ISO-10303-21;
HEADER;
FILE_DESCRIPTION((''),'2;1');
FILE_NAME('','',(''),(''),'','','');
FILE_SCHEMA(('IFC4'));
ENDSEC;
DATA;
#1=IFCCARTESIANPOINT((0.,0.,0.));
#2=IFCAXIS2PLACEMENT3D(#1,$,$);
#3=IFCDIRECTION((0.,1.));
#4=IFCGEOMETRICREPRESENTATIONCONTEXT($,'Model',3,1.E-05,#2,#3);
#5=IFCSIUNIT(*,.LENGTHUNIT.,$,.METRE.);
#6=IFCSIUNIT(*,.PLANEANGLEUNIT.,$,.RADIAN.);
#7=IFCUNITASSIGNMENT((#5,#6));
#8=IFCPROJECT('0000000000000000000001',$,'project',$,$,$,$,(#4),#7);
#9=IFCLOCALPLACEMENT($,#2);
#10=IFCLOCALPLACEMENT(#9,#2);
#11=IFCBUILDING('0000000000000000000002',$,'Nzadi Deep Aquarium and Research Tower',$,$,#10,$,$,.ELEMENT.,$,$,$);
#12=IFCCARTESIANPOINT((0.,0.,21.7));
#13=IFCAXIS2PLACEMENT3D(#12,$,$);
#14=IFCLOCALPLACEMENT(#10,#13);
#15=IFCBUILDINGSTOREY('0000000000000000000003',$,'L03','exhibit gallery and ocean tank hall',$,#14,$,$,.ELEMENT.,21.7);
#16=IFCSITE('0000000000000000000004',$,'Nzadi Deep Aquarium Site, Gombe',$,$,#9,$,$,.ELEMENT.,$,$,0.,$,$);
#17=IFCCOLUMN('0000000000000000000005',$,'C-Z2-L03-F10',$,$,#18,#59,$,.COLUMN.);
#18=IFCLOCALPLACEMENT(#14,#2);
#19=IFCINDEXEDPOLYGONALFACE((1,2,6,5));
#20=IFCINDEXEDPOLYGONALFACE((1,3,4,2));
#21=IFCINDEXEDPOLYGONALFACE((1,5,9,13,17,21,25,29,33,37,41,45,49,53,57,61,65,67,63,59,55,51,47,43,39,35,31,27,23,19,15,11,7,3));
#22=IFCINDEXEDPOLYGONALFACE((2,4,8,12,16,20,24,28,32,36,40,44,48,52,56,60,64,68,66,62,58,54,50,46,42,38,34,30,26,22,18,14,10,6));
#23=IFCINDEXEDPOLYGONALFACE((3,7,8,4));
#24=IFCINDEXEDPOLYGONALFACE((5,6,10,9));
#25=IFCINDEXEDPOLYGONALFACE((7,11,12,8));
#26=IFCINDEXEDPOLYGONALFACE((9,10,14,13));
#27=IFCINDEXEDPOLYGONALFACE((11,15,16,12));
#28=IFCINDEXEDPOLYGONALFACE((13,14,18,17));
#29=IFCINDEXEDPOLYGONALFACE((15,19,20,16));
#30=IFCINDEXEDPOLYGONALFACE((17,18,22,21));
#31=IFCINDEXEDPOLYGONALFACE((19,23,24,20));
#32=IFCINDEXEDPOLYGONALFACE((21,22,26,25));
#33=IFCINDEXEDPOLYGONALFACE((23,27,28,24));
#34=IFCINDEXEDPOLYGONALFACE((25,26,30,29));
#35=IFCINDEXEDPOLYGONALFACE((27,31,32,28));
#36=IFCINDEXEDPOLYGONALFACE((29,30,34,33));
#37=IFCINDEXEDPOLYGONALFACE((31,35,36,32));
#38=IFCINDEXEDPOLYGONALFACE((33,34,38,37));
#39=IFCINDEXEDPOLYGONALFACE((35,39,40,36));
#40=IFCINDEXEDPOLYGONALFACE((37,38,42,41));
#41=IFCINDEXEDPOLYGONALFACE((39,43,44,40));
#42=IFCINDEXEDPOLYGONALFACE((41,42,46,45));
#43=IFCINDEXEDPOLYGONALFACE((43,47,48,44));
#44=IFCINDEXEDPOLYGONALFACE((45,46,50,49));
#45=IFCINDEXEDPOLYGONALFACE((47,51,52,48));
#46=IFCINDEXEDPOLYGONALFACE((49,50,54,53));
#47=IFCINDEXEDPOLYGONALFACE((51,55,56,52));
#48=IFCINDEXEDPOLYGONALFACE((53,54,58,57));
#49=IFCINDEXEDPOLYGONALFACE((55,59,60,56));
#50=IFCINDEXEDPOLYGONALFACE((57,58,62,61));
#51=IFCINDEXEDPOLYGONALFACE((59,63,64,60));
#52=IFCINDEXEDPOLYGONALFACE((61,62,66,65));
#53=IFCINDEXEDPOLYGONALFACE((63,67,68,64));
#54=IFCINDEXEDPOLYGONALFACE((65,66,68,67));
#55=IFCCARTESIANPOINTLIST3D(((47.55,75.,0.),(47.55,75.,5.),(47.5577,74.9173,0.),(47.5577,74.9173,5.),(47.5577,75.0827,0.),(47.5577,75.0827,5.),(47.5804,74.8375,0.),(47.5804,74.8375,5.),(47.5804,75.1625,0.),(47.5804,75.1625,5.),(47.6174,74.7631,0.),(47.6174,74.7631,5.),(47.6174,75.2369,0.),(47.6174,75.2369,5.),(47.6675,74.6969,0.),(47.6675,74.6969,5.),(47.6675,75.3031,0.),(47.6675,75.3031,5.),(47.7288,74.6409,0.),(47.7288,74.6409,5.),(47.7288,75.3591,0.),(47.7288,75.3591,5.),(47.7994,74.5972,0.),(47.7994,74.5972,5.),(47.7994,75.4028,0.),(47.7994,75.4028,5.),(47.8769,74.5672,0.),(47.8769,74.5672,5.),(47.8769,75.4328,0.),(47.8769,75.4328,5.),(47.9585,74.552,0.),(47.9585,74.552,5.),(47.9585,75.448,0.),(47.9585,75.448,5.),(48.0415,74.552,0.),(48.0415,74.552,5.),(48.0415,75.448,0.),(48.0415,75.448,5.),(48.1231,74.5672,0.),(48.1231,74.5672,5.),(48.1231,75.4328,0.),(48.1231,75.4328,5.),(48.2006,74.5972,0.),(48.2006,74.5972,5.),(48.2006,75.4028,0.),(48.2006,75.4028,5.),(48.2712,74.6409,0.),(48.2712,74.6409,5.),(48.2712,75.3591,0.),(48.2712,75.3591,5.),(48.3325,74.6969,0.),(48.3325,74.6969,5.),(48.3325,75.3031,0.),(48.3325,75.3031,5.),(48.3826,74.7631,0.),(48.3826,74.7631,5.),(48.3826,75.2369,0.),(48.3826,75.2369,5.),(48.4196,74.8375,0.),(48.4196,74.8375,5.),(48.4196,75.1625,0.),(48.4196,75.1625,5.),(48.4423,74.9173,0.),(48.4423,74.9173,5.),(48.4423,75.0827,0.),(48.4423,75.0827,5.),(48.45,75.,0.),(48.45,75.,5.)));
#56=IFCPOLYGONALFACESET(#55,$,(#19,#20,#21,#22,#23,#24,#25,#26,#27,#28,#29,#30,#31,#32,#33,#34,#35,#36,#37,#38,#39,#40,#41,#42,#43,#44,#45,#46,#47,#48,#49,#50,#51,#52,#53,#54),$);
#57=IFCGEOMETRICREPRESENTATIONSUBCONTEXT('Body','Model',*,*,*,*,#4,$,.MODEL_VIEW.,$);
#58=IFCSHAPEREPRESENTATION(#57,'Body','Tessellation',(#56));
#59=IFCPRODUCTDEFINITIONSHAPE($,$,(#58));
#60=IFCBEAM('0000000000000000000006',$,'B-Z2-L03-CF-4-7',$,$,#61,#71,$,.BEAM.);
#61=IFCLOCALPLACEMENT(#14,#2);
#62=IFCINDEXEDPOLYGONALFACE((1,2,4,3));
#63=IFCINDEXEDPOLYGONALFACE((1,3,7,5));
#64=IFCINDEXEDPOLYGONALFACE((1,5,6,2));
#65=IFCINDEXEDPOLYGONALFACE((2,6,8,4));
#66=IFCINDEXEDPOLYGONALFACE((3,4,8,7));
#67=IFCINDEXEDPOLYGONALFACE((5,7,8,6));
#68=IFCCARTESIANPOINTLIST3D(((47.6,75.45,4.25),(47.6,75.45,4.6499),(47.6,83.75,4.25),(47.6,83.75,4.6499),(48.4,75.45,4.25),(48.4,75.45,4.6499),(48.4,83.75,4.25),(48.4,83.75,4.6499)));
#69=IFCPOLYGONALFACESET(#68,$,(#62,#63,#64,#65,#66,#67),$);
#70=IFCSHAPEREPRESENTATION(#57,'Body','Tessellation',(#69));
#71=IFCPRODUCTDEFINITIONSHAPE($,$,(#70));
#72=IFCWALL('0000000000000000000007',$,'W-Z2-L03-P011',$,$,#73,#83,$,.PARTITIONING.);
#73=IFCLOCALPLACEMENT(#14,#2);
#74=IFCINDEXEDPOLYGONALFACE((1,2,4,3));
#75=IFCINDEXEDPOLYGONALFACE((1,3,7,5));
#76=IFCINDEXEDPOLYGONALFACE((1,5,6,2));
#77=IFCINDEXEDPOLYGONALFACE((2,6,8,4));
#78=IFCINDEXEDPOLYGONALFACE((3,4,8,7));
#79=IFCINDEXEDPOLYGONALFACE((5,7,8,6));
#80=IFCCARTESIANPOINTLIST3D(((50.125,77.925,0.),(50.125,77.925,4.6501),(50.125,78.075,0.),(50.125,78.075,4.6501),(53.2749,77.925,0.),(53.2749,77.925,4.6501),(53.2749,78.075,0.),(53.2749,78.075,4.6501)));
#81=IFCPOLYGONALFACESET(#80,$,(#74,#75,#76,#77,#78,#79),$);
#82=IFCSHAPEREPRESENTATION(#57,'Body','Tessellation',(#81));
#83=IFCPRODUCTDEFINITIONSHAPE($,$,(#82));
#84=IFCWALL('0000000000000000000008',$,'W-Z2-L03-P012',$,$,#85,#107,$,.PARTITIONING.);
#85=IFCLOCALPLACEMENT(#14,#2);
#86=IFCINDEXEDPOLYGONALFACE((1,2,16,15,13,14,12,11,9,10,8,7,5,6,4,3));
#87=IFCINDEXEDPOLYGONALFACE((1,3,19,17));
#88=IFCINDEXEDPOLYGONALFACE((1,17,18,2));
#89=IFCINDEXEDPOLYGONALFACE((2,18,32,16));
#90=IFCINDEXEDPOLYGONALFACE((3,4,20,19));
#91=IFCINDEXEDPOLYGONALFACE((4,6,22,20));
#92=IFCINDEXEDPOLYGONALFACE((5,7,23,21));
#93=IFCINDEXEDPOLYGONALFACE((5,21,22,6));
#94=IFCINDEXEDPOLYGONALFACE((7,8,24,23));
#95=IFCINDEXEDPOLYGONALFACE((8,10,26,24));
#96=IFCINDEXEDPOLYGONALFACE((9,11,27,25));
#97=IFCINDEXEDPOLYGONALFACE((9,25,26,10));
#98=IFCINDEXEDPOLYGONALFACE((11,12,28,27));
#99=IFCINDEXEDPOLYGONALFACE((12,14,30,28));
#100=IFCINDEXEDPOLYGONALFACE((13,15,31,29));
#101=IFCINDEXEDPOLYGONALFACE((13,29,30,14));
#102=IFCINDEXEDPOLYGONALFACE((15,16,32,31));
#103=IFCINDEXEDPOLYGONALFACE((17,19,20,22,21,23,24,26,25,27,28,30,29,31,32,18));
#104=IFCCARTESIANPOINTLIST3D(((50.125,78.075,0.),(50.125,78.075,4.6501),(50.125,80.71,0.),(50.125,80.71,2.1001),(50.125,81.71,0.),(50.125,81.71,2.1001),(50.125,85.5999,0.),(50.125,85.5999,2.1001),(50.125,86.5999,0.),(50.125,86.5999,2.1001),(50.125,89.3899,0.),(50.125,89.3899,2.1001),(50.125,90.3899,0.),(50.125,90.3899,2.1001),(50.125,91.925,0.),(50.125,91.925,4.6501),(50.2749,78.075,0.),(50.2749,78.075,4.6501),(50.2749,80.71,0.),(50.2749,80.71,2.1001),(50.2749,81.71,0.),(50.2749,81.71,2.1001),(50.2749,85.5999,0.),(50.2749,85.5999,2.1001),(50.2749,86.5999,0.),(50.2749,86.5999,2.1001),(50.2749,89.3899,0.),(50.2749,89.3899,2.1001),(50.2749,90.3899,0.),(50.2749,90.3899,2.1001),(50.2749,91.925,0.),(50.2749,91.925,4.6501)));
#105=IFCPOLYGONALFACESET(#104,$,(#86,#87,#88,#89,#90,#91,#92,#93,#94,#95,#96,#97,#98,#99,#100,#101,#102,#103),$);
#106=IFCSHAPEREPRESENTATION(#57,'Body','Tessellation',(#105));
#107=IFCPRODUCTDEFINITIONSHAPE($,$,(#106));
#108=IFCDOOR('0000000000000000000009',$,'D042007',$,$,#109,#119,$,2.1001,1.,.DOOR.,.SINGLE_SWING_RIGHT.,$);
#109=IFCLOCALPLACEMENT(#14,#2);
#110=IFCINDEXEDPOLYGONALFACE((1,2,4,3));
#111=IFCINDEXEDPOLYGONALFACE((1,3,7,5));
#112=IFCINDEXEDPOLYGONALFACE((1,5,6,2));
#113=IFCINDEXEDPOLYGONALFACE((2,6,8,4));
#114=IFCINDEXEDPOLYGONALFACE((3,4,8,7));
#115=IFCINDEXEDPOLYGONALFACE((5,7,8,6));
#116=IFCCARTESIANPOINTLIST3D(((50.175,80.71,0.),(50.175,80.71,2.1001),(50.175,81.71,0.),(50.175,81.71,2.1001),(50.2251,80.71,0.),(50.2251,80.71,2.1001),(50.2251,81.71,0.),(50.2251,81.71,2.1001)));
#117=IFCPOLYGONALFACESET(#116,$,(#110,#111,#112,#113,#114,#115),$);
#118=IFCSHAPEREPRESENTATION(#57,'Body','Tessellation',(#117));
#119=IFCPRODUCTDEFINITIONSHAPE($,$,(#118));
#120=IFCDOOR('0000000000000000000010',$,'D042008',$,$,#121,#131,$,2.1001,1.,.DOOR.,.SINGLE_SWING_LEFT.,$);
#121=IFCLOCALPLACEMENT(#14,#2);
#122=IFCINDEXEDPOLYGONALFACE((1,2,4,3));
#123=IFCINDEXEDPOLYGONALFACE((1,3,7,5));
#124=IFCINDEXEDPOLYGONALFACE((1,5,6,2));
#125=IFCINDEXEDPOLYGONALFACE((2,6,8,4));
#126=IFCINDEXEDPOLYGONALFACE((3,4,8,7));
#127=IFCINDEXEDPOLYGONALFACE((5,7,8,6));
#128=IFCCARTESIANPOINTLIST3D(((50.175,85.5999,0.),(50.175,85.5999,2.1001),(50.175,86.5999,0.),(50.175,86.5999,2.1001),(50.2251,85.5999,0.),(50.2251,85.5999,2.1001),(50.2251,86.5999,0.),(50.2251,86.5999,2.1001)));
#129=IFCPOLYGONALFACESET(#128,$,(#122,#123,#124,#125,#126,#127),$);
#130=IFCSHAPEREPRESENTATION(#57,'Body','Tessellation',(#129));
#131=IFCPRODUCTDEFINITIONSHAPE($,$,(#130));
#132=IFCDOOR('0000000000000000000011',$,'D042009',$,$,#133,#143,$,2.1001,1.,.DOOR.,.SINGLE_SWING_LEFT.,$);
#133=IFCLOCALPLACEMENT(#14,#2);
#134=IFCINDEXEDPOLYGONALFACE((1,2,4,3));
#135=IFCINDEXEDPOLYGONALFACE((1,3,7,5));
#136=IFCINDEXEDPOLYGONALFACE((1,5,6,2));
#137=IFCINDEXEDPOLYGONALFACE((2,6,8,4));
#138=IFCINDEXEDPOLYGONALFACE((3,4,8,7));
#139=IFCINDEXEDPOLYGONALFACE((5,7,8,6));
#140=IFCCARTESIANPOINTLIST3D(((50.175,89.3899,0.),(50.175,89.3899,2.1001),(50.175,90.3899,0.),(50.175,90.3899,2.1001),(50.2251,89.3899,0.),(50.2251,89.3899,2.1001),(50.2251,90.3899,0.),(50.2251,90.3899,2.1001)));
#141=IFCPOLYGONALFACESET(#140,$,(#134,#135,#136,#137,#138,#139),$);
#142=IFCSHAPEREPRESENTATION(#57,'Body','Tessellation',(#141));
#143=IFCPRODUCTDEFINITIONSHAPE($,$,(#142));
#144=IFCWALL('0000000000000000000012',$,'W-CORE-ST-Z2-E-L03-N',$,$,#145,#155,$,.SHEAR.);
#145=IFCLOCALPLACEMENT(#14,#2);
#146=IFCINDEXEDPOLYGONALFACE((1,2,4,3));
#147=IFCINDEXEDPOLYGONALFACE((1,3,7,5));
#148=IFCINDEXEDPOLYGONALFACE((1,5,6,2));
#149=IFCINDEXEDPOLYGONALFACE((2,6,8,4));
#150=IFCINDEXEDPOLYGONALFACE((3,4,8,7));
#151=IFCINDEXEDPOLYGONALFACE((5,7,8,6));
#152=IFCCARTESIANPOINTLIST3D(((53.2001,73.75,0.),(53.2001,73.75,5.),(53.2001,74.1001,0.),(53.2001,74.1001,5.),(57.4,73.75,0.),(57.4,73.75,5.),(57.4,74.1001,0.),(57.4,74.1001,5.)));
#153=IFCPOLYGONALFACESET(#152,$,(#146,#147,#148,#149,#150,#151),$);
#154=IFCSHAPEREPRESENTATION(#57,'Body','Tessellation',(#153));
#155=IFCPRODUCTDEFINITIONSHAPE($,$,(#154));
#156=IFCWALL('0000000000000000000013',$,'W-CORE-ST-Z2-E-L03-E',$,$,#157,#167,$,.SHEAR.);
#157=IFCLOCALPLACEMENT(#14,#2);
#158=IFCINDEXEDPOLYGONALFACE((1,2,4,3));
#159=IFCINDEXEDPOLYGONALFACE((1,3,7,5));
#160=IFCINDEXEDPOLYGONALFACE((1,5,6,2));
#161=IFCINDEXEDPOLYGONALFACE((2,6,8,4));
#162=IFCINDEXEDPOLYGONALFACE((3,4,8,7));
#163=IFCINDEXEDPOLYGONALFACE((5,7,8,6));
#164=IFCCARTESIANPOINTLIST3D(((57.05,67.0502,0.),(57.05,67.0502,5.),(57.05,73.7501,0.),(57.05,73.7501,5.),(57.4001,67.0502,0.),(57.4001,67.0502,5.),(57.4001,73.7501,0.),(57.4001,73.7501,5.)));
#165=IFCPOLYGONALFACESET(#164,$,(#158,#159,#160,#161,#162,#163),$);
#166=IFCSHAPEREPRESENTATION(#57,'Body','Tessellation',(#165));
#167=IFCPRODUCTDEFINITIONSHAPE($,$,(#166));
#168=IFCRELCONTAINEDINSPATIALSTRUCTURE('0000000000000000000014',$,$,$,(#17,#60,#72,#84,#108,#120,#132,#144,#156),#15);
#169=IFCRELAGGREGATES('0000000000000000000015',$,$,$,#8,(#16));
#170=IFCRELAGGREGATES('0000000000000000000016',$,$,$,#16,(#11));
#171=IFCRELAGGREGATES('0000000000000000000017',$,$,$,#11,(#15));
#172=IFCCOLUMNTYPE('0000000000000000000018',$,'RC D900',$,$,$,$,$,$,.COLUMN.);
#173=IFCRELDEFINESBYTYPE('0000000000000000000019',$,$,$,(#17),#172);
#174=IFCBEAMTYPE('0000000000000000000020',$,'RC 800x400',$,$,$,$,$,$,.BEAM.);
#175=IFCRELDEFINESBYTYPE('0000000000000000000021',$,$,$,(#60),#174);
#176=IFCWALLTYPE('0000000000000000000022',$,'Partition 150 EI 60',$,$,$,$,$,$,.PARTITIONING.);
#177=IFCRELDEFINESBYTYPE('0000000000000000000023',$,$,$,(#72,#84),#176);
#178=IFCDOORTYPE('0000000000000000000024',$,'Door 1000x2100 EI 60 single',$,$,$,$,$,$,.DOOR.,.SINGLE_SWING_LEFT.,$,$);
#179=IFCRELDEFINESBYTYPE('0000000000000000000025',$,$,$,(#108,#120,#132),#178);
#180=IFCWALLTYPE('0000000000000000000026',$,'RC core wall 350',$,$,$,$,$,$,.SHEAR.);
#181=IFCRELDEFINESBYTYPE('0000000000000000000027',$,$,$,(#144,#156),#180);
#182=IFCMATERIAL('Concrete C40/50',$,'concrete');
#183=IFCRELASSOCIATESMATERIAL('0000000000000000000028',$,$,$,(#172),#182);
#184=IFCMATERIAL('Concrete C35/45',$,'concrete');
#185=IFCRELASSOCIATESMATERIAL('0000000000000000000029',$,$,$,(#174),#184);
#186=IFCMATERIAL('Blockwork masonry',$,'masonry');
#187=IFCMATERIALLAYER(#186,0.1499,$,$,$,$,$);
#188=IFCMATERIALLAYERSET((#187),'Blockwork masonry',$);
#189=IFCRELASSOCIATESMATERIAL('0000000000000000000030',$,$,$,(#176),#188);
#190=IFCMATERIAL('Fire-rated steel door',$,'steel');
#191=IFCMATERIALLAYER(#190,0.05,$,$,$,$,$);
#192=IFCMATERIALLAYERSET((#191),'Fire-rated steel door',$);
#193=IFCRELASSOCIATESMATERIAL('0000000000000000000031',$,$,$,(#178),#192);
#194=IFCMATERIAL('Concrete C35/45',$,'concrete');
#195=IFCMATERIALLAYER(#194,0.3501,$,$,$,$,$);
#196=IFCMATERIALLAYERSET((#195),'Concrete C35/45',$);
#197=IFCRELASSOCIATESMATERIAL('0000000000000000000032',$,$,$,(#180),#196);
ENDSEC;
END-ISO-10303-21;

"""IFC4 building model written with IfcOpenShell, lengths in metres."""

from ifc_helpers import new_model, si_unit, direction, frame, frame_2d, origin, origin_2d, place, context, subcontext, project, spatial, rectangle, circle, extrude, material, layer, layer_set, material_profile, profile_set, type_object, element, fill, save


model = new_model("IFC4")

# Units and contexts
model_context = context("Model", 3, precision=1e-05, world=origin(), true_north=direction((0.0, 1.0)))
body_context = subcontext(model_context, "Body", "Model", "MODEL_VIEW")
ifc_project = project(units=[si_unit("LENGTHUNIT", "METRE"), si_unit("PLANEANGLEUNIT", "RADIAN")], contexts=[model_context])

# Site, building, storey
site_placement = place(None, origin())
site = spatial("IfcSite", under=ifc_project, at=site_placement, Name="Nzadi Deep Aquarium Site, Gombe", CompositionType="ELEMENT", RefElevation=0.0)
building_placement = place(site_placement, origin())
building = spatial("IfcBuilding", under=site, at=building_placement, Name="Nzadi Deep Aquarium and Research Tower", CompositionType="ELEMENT")
storey_placement = place(building_placement, frame((0.0, 0.0, 21.7)))
storey = spatial("IfcBuildingStorey", under=building, at=storey_placement, Name="L03", Description="exhibit gallery and ocean tank hall", CompositionType="ELEMENT", Elevation=21.7)

# Column
ifc_material_1 = material(Name="Concrete C40/50", Category="concrete")
ifc_material_profile_1 = material_profile(ifc_material_1, circle(Radius=0.45, at=origin_2d()))
ifc_profile_set_1 = profile_set([ifc_material_profile_1], Name="Concrete C40/50")
column_type = type_object("IfcColumnType", Name="RC D900", PredefinedType="COLUMN", material=ifc_profile_set_1)
column_placement = place(storey_placement, frame((48.0, 75.0, 0.0), z_axis=(0.0, 0.0, 1.0), x_axis=(1.0, 0.0, 0.0)))
element("IfcColumn", 1, at=column_placement, inside=storey, type_object=column_type, Name="C-Z2-L03-F10", PredefinedType="COLUMN", context=body_context, shape_type="SweptSolid", body=[
    extrude(circle(Radius=0.45, at=origin_2d()), origin(), (0.0, 0.0, 1.0), 5.0),
])

# Beam
ifc_material_2 = material(Name="Concrete C35/45", Category="concrete")
ifc_material_profile_2 = material_profile(ifc_material_2, rectangle(XDim=0.8, YDim=0.3999, at=origin_2d()))
ifc_profile_set_2 = profile_set([ifc_material_profile_2], Name="Concrete C35/45")
beam_type = type_object("IfcBeamType", Name="RC 800x400", PredefinedType="BEAM", material=ifc_profile_set_2)
beam_placement = place(storey_placement, frame((48.0, 75.45, 4.45), z_axis=(0.0, 1.0, 0.0), x_axis=(-1.0, 0.0, 0.0)))
element("IfcBeam", 2, at=beam_placement, inside=storey, type_object=beam_type, Name="B-Z2-L03-CF-4-7", PredefinedType="BEAM", context=body_context, shape_type="SweptSolid", body=[
    extrude(rectangle(XDim=0.8, YDim=0.3999, at=origin_2d()), origin(), (0.0, 0.0, 1.0), 8.3),
])

# Wall
ifc_material_3 = material(Name="Blockwork masonry", Category="masonry")
ifc_layer_1 = layer(ifc_material_3, 0.1499)
ifc_layer_set_1 = layer_set([ifc_layer_1], Name="Blockwork masonry")
wall_type_1 = type_object("IfcWallType", Name="Partition 150 EI 60", PredefinedType="PARTITIONING", material=ifc_layer_set_1)
wall_1_placement = place(storey_placement, frame((50.125, 78.0, 0.0), z_axis=(0.0, 0.0, 1.0), x_axis=(1.0, 0.0, 0.0)))
element("IfcWall", 3, at=wall_1_placement, inside=storey, type_object=wall_type_1, Name="W-Z2-L03-P011", PredefinedType="PARTITIONING", context=body_context, shape_type="SweptSolid", body=[
    extrude(rectangle(XDim=3.1499, YDim=0.1499, at=frame_2d((1.575, 0.0))), origin(), (0.0, 0.0, 1.0), 4.6501),
])

# Wall, openings, doors
wall_2_placement = place(storey_placement, frame((50.2, 78.075, 0.0), z_axis=(0.0, 0.0, 1.0), x_axis=(0.0, 1.0, 0.0)))
wall_2 = element("IfcWall", 4, at=wall_2_placement, inside=storey, type_object=wall_type_1, Name="W-Z2-L03-P012", PredefinedType="PARTITIONING", context=body_context, shape_type="SweptSolid", body=[
    extrude(rectangle(XDim=13.8501, YDim=0.1499, at=frame_2d((6.925, 0.0))), origin(), (0.0, 0.0, 1.0), 4.6501),
])
opening_1_placement = place(wall_2_placement, frame((2.635, 0.0, 0.0)))
opening_1 = element("IfcOpeningElement", 5, at=opening_1_placement, cuts=wall_2, PredefinedType="OPENING", context=body_context, shape_type="SweptSolid", body=[
    extrude(rectangle(XDim=1.0, YDim=2.1001, at=frame_2d((0.5, 1.05))), frame((0.0, 0.085, 0.0), z_axis=(0.0, -1.0, 0.0), x_axis=(1.0, 0.0, 0.0)), (0.0, 0.0, 1.0), 0.1699),
])
opening_2_placement = place(wall_2_placement, frame((7.5249, 0.0, 0.0)))
opening_2 = element("IfcOpeningElement", 6, at=opening_2_placement, cuts=wall_2, PredefinedType="OPENING", context=body_context, shape_type="SweptSolid", body=[
    extrude(rectangle(XDim=1.0, YDim=2.1001, at=frame_2d((0.5, 1.05))), frame((0.0, 0.085, 0.0), z_axis=(0.0, -1.0, 0.0), x_axis=(1.0, 0.0, 0.0)), (0.0, 0.0, 1.0), 0.1699),
])
opening_3_placement = place(wall_2_placement, frame((11.3149, 0.0, 0.0)))
opening_3 = element("IfcOpeningElement", 7, at=opening_3_placement, cuts=wall_2, PredefinedType="OPENING", context=body_context, shape_type="SweptSolid", body=[
    extrude(rectangle(XDim=1.0, YDim=2.1001, at=frame_2d((0.5, 1.05))), frame((0.0, 0.085, 0.0), z_axis=(0.0, -1.0, 0.0), x_axis=(1.0, 0.0, 0.0)), (0.0, 0.0, 1.0), 0.1699),
])
ifc_material_4 = material(Name="Fire-rated steel door", Category="steel")
ifc_layer_2 = layer(ifc_material_4, 0.05)
ifc_layer_set_2 = layer_set([ifc_layer_2], Name="Fire-rated steel door")
door_type_1 = type_object("IfcDoorType", Name="Door 1000x2100 EI 60 single", OperationType="SINGLE_SWING_LEFT", PredefinedType="DOOR", material=ifc_layer_set_2)
door_1_placement = place(opening_1_placement, origin())
door_1 = element("IfcDoor", 8, at=door_1_placement, inside=storey, type_object=door_type_1, Name="D042007", OperationType="SINGLE_SWING_RIGHT", OverallHeight=2.1001, OverallWidth=1.0, PredefinedType="DOOR", context=body_context, shape_type="SweptSolid", body=[
    extrude(rectangle(XDim=1.0, YDim=2.1001, at=frame_2d((0.5, 1.05))), frame((0.0, 0.0249, 0.0), z_axis=(0.0, -1.0, 0.0), x_axis=(1.0, 0.0, 0.0)), (0.0, 0.0, 1.0), 0.05),
])
fill(opening_1, door_1)
door_2_placement = place(opening_2_placement, origin())
door_2 = element("IfcDoor", 9, at=door_2_placement, inside=storey, type_object=door_type_1, Name="D042008", OperationType="SINGLE_SWING_LEFT", OverallHeight=2.1001, OverallWidth=1.0, PredefinedType="DOOR", context=body_context, shape_type="SweptSolid", body=[
    extrude(rectangle(XDim=1.0, YDim=2.1001, at=frame_2d((0.5, 1.05))), frame((0.0, 0.0249, 0.0), z_axis=(0.0, -1.0, 0.0), x_axis=(1.0, 0.0, 0.0)), (0.0, 0.0, 1.0), 0.05),
])
fill(opening_2, door_2)
door_3_placement = place(opening_3_placement, origin())
door_3 = element("IfcDoor", 10, at=door_3_placement, inside=storey, type_object=door_type_1, Name="D042009", OperationType="SINGLE_SWING_LEFT", OverallHeight=2.1001, OverallWidth=1.0, PredefinedType="DOOR", context=body_context, shape_type="SweptSolid", body=[
    extrude(rectangle(XDim=1.0, YDim=2.1001, at=frame_2d((0.5, 1.05))), frame((0.0, 0.0249, 0.0), z_axis=(0.0, -1.0, 0.0), x_axis=(1.0, 0.0, 0.0)), (0.0, 0.0, 1.0), 0.05),
])
fill(opening_3, door_3)

# Walls
ifc_material_5 = material(Name="Concrete C35/45", Category="concrete")
ifc_layer_3 = layer(ifc_material_5, 0.3501)
ifc_layer_set_3 = layer_set([ifc_layer_3], Name="Concrete C35/45")
wall_type_2 = type_object("IfcWallType", Name="RC core wall 350", PredefinedType="SHEAR", material=ifc_layer_set_3)
wall_3_placement = place(storey_placement, frame((53.2, 73.925, 0.0), z_axis=(0.0, 0.0, 1.0), x_axis=(1.0, 0.0, 0.0)))
element("IfcWall", 11, at=wall_3_placement, inside=storey, type_object=wall_type_2, Name="W-CORE-ST-Z2-E-L03-N", PredefinedType="SHEAR", context=body_context, shape_type="SweptSolid", body=[
    extrude(rectangle(XDim=4.2, YDim=0.3501, at=frame_2d((2.1001, 0.0))), origin(), (0.0, 0.0, 1.0), 5.0),
])
wall_4_placement = place(storey_placement, frame((57.2251, 67.05, 0.0), z_axis=(0.0, 0.0, 1.0), x_axis=(0.0, 1.0, 0.0)))
element("IfcWall", 12, at=wall_4_placement, inside=storey, type_object=wall_type_2, Name="W-CORE-ST-Z2-E-L03-E", PredefinedType="SHEAR", context=body_context, shape_type="SweptSolid", body=[
    extrude(rectangle(XDim=6.7, YDim=0.3501, at=frame_2d((3.3501, 0.0))), origin(), (0.0, 0.0, 1.0), 5.0),
])

save(model, "model.ifc")
